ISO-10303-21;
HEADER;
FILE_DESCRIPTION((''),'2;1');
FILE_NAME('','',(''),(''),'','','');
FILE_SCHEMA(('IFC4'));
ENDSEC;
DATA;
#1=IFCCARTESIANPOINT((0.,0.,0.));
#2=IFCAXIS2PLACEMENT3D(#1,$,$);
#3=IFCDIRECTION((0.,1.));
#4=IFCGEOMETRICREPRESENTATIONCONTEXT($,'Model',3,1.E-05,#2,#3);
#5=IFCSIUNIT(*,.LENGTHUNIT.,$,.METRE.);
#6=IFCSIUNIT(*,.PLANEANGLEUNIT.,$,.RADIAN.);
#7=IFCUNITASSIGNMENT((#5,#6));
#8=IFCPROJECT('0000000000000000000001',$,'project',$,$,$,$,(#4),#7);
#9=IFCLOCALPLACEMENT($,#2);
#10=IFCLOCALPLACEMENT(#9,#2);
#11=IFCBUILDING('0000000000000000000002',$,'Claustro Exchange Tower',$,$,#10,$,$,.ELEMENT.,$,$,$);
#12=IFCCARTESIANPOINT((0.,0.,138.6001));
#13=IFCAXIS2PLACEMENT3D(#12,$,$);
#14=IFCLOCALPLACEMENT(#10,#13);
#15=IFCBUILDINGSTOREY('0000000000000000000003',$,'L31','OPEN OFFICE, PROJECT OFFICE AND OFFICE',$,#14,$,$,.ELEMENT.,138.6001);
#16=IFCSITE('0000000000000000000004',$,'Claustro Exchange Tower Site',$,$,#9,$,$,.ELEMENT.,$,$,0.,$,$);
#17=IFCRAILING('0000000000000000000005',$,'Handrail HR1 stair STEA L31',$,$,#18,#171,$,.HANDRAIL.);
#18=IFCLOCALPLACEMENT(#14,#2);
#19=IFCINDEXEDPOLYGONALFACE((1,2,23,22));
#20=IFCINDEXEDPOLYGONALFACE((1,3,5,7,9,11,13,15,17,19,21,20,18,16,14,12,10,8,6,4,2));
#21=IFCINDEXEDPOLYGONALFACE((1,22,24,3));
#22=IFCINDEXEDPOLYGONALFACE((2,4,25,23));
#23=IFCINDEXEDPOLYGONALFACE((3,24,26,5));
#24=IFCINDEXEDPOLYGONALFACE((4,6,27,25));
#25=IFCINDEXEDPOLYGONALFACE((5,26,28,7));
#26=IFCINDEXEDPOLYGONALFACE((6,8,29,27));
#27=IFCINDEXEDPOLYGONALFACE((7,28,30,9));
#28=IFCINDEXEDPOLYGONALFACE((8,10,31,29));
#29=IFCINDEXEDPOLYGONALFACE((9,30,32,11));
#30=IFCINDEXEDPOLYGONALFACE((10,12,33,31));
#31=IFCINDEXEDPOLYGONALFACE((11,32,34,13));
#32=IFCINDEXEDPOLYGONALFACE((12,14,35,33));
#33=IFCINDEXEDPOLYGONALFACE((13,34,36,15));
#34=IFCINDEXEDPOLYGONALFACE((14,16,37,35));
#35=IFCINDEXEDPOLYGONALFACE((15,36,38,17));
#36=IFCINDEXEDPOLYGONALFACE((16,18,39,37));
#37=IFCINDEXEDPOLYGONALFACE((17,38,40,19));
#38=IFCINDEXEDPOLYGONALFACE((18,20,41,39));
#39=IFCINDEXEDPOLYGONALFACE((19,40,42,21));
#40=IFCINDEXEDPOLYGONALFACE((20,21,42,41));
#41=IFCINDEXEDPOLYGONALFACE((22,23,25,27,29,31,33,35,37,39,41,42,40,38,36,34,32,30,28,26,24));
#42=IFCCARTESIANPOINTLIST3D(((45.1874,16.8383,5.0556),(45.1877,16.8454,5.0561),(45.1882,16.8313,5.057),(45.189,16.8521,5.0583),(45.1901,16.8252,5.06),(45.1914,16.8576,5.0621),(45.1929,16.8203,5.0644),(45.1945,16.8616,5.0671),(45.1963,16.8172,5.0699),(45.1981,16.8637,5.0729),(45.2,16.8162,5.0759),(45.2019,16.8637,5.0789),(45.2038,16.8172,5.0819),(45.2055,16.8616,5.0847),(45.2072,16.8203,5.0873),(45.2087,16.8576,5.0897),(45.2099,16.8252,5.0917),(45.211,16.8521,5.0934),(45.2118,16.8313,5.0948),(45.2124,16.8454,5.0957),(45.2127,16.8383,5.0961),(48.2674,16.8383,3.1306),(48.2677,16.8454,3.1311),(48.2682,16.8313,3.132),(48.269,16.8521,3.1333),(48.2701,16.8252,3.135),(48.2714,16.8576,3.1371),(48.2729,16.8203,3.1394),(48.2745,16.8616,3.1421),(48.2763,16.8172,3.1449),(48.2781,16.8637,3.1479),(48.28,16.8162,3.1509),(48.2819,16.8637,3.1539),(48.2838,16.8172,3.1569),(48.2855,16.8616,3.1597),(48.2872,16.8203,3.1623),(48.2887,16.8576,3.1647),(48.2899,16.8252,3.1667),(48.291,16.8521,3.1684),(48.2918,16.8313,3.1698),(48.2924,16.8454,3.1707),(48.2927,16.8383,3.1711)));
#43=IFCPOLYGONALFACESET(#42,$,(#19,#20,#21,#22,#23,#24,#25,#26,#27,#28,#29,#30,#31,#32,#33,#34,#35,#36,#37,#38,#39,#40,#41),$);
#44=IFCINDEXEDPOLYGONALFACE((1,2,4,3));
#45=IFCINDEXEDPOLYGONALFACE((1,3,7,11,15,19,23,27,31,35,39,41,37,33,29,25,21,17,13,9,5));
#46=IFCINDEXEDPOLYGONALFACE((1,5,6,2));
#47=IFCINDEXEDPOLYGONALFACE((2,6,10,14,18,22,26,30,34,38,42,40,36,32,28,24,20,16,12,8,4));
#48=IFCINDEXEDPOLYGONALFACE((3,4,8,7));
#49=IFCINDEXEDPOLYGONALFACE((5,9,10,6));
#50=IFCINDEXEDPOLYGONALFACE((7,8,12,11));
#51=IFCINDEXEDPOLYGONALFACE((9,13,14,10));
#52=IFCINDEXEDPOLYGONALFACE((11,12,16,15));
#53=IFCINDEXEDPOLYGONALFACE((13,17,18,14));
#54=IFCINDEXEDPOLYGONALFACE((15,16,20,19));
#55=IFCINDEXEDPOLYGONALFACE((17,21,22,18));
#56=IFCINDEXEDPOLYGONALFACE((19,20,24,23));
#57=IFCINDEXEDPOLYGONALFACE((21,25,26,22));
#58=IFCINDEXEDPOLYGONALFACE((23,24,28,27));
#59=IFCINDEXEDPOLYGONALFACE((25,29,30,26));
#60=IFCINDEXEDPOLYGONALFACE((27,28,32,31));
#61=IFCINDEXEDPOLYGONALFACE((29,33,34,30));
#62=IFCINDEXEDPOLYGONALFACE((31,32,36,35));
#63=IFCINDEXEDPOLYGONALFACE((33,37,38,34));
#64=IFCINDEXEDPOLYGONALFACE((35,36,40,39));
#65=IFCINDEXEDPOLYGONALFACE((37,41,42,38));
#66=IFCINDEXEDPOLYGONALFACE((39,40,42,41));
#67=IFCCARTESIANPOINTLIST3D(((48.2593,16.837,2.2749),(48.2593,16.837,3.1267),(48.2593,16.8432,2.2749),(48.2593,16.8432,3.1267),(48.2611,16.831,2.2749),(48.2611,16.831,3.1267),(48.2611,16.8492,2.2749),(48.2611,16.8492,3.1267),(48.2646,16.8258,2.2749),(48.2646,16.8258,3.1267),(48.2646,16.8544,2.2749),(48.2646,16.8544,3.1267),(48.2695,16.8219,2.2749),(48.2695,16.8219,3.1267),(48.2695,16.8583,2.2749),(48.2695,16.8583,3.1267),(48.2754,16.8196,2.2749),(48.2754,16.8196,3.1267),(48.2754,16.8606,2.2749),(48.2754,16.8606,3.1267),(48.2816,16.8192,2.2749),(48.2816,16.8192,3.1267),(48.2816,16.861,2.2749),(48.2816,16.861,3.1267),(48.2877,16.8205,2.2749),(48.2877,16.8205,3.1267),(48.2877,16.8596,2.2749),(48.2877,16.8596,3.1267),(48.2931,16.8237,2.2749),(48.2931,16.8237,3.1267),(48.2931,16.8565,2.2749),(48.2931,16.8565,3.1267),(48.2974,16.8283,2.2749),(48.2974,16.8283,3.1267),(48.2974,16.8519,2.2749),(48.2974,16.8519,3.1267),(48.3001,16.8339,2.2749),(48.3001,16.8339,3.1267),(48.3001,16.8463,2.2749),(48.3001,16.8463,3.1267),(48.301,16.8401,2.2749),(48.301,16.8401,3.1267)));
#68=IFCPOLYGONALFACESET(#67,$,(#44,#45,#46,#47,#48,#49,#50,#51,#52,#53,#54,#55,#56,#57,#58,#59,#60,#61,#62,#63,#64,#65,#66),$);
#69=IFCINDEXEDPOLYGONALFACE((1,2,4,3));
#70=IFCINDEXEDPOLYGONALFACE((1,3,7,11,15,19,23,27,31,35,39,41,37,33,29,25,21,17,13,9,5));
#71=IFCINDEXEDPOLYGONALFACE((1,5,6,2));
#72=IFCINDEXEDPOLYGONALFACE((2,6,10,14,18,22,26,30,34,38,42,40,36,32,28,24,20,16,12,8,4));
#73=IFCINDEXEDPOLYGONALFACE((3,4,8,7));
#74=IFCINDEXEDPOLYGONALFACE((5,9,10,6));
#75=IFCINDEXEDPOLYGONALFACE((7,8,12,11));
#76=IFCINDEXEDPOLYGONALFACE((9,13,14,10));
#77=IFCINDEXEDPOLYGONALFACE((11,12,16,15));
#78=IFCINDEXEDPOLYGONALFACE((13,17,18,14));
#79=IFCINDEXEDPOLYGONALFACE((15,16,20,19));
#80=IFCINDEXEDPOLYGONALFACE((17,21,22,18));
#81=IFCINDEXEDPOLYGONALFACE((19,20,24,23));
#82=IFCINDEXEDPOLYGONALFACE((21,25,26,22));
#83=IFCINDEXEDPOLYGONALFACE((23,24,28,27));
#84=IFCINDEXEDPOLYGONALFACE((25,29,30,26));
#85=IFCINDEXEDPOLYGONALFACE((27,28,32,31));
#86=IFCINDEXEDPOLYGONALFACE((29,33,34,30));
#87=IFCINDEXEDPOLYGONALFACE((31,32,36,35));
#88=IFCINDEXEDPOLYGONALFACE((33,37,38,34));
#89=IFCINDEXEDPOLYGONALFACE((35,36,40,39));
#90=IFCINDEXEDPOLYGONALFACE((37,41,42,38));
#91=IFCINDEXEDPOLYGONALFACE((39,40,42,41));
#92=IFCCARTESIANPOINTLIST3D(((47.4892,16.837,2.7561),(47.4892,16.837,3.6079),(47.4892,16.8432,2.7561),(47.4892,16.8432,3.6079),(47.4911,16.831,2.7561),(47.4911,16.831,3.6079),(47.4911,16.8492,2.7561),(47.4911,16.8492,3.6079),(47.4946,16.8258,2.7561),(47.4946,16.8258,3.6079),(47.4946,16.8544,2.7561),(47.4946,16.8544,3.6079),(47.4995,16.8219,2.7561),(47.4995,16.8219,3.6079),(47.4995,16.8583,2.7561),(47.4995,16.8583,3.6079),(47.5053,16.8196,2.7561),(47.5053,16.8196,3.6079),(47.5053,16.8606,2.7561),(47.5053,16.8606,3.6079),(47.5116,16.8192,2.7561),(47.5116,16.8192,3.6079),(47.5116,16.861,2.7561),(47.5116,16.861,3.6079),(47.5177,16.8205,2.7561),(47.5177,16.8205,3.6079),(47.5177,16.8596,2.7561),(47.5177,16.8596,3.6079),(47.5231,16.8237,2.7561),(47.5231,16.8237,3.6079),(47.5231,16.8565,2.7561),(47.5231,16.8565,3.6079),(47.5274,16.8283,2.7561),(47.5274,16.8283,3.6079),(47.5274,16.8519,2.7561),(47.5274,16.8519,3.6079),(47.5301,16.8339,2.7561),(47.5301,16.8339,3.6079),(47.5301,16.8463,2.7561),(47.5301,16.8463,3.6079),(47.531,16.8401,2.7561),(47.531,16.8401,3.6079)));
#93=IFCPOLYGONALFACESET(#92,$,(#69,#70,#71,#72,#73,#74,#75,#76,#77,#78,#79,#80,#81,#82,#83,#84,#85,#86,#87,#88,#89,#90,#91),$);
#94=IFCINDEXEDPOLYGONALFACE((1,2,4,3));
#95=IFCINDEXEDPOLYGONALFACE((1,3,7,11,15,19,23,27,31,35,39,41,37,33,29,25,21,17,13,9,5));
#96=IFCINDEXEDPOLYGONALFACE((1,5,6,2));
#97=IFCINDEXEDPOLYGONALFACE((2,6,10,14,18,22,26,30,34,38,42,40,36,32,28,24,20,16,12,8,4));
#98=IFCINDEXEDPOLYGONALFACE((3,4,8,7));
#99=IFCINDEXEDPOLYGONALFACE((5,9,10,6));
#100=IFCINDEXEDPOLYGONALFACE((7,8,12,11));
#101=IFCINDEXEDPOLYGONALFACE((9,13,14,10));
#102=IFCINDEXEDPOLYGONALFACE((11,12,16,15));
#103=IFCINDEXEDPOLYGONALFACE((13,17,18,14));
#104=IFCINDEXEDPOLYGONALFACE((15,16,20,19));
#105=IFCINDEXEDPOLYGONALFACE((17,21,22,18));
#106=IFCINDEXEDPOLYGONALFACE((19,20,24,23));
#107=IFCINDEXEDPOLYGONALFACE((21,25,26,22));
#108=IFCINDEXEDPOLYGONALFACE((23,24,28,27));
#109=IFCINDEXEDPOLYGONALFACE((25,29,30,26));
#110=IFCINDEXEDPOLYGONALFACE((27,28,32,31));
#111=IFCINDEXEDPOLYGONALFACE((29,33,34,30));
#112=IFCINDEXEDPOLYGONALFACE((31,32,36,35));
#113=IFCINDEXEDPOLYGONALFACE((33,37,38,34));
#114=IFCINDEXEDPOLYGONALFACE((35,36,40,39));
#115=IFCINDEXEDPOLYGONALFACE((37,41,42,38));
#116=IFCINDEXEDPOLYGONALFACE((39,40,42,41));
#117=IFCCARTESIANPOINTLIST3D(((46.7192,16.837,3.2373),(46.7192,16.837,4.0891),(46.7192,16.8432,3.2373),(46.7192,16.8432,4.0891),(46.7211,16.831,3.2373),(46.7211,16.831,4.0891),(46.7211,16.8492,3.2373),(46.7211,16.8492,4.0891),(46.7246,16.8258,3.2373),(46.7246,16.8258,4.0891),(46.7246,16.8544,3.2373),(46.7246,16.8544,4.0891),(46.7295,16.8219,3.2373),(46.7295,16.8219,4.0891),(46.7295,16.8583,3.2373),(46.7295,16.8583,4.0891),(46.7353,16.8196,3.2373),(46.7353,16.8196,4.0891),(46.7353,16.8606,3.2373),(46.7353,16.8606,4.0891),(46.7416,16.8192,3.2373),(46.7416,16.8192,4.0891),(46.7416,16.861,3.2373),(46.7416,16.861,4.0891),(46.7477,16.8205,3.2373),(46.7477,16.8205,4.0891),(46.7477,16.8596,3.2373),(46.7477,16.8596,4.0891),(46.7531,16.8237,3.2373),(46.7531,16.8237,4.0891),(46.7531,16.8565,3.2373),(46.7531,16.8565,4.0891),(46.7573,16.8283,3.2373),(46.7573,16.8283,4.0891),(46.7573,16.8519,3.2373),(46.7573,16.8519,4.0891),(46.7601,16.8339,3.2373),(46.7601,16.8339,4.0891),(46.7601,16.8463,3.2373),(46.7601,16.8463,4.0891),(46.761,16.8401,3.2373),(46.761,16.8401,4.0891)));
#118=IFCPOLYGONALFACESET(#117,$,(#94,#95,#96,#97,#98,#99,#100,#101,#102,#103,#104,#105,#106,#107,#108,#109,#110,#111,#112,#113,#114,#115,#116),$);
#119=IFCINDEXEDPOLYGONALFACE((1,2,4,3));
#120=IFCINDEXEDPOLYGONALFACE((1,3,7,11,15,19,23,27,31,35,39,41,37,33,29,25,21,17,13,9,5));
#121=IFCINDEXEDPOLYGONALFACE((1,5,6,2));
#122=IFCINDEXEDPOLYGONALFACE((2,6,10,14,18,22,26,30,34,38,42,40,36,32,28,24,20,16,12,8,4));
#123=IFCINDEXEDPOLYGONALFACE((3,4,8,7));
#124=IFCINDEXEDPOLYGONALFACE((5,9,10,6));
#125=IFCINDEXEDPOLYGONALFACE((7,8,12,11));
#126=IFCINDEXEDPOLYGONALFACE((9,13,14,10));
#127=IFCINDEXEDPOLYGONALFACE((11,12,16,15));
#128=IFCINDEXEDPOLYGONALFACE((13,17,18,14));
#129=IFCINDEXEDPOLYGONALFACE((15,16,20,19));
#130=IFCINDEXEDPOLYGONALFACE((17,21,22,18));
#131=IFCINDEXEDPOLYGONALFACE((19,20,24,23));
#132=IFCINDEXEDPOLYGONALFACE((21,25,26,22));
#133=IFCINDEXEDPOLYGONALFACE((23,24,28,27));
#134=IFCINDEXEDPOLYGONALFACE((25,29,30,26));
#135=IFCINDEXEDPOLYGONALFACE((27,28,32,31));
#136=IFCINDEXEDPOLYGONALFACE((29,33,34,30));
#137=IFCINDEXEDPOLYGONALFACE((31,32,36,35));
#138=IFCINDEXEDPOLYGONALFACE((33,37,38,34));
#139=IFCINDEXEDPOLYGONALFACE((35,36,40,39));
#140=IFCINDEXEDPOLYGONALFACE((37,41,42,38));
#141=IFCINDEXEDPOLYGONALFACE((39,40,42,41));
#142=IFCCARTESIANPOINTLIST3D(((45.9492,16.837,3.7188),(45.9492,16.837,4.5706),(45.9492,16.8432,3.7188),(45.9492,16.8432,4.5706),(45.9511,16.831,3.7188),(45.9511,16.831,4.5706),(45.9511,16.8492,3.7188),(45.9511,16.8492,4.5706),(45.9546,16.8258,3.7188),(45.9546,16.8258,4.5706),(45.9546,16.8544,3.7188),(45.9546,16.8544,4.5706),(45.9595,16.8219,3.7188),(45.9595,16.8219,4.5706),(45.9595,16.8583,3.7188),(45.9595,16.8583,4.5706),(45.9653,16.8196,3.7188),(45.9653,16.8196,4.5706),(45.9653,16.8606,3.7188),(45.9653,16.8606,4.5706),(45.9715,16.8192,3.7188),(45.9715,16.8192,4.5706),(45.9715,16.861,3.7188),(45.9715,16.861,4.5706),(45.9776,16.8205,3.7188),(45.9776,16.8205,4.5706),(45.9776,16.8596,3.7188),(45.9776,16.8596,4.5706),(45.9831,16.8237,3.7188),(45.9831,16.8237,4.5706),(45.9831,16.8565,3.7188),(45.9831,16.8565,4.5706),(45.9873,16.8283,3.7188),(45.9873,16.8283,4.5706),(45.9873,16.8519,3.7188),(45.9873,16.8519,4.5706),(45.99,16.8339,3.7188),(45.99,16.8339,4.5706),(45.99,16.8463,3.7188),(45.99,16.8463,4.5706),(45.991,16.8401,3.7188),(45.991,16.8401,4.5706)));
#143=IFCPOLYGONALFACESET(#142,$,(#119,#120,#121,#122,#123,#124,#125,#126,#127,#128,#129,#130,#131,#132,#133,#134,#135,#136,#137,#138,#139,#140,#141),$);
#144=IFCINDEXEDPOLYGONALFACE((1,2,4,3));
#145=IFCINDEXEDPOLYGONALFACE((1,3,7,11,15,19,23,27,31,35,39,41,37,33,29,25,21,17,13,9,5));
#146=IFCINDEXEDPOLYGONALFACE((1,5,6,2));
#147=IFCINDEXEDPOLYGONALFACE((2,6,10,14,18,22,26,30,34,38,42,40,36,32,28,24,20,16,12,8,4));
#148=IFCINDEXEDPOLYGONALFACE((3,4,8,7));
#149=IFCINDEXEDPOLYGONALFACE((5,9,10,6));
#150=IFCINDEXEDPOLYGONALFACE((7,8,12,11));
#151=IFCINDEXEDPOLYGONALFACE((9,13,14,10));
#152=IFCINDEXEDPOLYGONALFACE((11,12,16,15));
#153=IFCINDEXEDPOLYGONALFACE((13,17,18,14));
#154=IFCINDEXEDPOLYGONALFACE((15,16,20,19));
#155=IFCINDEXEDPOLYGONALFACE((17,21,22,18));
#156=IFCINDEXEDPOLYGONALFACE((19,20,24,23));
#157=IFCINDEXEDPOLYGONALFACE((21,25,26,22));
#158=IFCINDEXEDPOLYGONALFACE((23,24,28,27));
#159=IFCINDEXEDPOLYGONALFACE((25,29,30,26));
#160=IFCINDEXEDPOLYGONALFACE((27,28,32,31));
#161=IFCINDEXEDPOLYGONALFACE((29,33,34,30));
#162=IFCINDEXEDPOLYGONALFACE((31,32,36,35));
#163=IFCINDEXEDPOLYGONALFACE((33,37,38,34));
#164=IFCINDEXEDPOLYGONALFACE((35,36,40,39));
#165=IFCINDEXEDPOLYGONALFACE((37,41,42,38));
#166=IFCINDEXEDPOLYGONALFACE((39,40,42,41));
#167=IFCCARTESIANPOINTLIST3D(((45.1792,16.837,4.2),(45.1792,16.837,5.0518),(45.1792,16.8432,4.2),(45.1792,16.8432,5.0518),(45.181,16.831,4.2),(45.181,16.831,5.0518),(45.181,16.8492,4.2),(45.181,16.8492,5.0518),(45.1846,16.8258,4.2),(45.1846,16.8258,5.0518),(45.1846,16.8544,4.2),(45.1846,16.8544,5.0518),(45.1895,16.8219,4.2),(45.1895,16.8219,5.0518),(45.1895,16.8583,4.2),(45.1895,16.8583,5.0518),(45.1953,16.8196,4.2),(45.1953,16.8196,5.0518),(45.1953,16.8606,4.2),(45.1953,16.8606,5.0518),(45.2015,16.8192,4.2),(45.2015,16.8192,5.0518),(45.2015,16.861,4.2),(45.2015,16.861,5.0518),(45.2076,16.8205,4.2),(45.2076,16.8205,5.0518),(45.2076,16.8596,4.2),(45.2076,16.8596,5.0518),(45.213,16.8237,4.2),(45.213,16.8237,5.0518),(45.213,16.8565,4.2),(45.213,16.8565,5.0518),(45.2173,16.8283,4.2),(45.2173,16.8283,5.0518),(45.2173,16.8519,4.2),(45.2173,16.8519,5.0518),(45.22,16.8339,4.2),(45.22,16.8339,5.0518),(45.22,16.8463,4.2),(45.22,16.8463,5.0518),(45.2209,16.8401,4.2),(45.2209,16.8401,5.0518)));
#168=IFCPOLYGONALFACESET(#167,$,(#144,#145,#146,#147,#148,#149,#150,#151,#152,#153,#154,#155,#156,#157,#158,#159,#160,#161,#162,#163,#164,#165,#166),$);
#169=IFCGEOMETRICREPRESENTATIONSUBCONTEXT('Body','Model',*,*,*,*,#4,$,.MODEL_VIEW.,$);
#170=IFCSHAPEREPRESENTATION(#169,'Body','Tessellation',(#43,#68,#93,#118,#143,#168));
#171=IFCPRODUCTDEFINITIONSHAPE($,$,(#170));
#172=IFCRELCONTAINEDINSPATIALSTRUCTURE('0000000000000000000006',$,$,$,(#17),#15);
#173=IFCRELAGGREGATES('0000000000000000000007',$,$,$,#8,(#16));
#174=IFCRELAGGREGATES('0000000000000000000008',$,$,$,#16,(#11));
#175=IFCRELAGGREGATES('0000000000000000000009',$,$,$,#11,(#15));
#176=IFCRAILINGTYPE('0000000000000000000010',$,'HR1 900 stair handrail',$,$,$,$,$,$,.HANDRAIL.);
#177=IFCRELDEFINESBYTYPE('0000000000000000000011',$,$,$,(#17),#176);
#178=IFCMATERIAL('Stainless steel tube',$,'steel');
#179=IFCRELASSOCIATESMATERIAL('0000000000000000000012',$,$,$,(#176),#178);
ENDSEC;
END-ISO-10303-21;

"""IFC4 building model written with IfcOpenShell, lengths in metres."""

from ifc_helpers import new_model, si_unit, direction, frame, origin, origin_2d, place, context, subcontext, project, spatial, circle, extrude, material, type_object, element, save


model = new_model("IFC4")

# Units and contexts
model_context = context("Model", 3, precision=1e-05, world=origin(), true_north=direction((0.0, 1.0)))
body_context = subcontext(model_context, "Body", "Model", "MODEL_VIEW")
ifc_project = project(units=[si_unit("LENGTHUNIT", "METRE"), si_unit("PLANEANGLEUNIT", "RADIAN")], contexts=[model_context])

# Site, building, storey
site_placement = place(None, origin())
site = spatial("IfcSite", under=ifc_project, at=site_placement, Name="Claustro Exchange Tower Site", CompositionType="ELEMENT", RefElevation=0.0)
building_placement = place(site_placement, origin())
building = spatial("IfcBuilding", under=site, at=building_placement, Name="Claustro Exchange Tower", CompositionType="ELEMENT")
storey_placement = place(building_placement, frame((0.0, 0.0, 138.6001)))
storey = spatial("IfcBuildingStorey", under=building, at=storey_placement, Name="L31", Description="OPEN OFFICE, PROJECT OFFICE AND OFFICE", CompositionType="ELEMENT", Elevation=138.6001)

# Railing
ifc_material_1 = material(Name="Stainless steel tube", Category="steel")
railing_type_1 = type_object("IfcRailingType", Name="HR1 900 stair handrail", PredefinedType="HANDRAIL", material=ifc_material_1)
railing_1_placement = place(storey_placement, frame((48.28, 16.8401, 2.2749)))
element("IfcRailing", 1, at=railing_1_placement, inside=storey, type_object=railing_type_1, Name="Handrail HR1 stair STEA L31", PredefinedType="HANDRAIL", context=body_context, shape_type="SweptSolid", body=[
    extrude(circle(Radius=0.0239, at=origin_2d()), frame((0.0, 0.0, 0.876), z_axis=(-0.847998, 0.0, 0.529999), x_axis=(0.0, -1.0, 0.0)), (0.0, 0.0, 1.0), 3.6321),
    extrude(circle(Radius=0.021, at=origin_2d()), origin(), (0.0, 0.0, 1.0), 0.8518),
    extrude(circle(Radius=0.021, at=origin_2d()), frame((-0.77, 0.0, 0.4812)), (0.0, 0.0, 1.0), 0.8518),
    extrude(circle(Radius=0.021, at=origin_2d()), frame((-1.54, 0.0, 0.9624)), (0.0, 0.0, 1.0), 0.8518),
    extrude(circle(Radius=0.021, at=origin_2d()), frame((-2.3101, 0.0, 1.4438)), (0.0, 0.0, 1.0), 0.8518),
    extrude(circle(Radius=0.021, at=origin_2d()), frame((-3.0801, 0.0, 1.925)), (0.0, 0.0, 1.0), 0.8518),
])

save(model, "model.ifc")
